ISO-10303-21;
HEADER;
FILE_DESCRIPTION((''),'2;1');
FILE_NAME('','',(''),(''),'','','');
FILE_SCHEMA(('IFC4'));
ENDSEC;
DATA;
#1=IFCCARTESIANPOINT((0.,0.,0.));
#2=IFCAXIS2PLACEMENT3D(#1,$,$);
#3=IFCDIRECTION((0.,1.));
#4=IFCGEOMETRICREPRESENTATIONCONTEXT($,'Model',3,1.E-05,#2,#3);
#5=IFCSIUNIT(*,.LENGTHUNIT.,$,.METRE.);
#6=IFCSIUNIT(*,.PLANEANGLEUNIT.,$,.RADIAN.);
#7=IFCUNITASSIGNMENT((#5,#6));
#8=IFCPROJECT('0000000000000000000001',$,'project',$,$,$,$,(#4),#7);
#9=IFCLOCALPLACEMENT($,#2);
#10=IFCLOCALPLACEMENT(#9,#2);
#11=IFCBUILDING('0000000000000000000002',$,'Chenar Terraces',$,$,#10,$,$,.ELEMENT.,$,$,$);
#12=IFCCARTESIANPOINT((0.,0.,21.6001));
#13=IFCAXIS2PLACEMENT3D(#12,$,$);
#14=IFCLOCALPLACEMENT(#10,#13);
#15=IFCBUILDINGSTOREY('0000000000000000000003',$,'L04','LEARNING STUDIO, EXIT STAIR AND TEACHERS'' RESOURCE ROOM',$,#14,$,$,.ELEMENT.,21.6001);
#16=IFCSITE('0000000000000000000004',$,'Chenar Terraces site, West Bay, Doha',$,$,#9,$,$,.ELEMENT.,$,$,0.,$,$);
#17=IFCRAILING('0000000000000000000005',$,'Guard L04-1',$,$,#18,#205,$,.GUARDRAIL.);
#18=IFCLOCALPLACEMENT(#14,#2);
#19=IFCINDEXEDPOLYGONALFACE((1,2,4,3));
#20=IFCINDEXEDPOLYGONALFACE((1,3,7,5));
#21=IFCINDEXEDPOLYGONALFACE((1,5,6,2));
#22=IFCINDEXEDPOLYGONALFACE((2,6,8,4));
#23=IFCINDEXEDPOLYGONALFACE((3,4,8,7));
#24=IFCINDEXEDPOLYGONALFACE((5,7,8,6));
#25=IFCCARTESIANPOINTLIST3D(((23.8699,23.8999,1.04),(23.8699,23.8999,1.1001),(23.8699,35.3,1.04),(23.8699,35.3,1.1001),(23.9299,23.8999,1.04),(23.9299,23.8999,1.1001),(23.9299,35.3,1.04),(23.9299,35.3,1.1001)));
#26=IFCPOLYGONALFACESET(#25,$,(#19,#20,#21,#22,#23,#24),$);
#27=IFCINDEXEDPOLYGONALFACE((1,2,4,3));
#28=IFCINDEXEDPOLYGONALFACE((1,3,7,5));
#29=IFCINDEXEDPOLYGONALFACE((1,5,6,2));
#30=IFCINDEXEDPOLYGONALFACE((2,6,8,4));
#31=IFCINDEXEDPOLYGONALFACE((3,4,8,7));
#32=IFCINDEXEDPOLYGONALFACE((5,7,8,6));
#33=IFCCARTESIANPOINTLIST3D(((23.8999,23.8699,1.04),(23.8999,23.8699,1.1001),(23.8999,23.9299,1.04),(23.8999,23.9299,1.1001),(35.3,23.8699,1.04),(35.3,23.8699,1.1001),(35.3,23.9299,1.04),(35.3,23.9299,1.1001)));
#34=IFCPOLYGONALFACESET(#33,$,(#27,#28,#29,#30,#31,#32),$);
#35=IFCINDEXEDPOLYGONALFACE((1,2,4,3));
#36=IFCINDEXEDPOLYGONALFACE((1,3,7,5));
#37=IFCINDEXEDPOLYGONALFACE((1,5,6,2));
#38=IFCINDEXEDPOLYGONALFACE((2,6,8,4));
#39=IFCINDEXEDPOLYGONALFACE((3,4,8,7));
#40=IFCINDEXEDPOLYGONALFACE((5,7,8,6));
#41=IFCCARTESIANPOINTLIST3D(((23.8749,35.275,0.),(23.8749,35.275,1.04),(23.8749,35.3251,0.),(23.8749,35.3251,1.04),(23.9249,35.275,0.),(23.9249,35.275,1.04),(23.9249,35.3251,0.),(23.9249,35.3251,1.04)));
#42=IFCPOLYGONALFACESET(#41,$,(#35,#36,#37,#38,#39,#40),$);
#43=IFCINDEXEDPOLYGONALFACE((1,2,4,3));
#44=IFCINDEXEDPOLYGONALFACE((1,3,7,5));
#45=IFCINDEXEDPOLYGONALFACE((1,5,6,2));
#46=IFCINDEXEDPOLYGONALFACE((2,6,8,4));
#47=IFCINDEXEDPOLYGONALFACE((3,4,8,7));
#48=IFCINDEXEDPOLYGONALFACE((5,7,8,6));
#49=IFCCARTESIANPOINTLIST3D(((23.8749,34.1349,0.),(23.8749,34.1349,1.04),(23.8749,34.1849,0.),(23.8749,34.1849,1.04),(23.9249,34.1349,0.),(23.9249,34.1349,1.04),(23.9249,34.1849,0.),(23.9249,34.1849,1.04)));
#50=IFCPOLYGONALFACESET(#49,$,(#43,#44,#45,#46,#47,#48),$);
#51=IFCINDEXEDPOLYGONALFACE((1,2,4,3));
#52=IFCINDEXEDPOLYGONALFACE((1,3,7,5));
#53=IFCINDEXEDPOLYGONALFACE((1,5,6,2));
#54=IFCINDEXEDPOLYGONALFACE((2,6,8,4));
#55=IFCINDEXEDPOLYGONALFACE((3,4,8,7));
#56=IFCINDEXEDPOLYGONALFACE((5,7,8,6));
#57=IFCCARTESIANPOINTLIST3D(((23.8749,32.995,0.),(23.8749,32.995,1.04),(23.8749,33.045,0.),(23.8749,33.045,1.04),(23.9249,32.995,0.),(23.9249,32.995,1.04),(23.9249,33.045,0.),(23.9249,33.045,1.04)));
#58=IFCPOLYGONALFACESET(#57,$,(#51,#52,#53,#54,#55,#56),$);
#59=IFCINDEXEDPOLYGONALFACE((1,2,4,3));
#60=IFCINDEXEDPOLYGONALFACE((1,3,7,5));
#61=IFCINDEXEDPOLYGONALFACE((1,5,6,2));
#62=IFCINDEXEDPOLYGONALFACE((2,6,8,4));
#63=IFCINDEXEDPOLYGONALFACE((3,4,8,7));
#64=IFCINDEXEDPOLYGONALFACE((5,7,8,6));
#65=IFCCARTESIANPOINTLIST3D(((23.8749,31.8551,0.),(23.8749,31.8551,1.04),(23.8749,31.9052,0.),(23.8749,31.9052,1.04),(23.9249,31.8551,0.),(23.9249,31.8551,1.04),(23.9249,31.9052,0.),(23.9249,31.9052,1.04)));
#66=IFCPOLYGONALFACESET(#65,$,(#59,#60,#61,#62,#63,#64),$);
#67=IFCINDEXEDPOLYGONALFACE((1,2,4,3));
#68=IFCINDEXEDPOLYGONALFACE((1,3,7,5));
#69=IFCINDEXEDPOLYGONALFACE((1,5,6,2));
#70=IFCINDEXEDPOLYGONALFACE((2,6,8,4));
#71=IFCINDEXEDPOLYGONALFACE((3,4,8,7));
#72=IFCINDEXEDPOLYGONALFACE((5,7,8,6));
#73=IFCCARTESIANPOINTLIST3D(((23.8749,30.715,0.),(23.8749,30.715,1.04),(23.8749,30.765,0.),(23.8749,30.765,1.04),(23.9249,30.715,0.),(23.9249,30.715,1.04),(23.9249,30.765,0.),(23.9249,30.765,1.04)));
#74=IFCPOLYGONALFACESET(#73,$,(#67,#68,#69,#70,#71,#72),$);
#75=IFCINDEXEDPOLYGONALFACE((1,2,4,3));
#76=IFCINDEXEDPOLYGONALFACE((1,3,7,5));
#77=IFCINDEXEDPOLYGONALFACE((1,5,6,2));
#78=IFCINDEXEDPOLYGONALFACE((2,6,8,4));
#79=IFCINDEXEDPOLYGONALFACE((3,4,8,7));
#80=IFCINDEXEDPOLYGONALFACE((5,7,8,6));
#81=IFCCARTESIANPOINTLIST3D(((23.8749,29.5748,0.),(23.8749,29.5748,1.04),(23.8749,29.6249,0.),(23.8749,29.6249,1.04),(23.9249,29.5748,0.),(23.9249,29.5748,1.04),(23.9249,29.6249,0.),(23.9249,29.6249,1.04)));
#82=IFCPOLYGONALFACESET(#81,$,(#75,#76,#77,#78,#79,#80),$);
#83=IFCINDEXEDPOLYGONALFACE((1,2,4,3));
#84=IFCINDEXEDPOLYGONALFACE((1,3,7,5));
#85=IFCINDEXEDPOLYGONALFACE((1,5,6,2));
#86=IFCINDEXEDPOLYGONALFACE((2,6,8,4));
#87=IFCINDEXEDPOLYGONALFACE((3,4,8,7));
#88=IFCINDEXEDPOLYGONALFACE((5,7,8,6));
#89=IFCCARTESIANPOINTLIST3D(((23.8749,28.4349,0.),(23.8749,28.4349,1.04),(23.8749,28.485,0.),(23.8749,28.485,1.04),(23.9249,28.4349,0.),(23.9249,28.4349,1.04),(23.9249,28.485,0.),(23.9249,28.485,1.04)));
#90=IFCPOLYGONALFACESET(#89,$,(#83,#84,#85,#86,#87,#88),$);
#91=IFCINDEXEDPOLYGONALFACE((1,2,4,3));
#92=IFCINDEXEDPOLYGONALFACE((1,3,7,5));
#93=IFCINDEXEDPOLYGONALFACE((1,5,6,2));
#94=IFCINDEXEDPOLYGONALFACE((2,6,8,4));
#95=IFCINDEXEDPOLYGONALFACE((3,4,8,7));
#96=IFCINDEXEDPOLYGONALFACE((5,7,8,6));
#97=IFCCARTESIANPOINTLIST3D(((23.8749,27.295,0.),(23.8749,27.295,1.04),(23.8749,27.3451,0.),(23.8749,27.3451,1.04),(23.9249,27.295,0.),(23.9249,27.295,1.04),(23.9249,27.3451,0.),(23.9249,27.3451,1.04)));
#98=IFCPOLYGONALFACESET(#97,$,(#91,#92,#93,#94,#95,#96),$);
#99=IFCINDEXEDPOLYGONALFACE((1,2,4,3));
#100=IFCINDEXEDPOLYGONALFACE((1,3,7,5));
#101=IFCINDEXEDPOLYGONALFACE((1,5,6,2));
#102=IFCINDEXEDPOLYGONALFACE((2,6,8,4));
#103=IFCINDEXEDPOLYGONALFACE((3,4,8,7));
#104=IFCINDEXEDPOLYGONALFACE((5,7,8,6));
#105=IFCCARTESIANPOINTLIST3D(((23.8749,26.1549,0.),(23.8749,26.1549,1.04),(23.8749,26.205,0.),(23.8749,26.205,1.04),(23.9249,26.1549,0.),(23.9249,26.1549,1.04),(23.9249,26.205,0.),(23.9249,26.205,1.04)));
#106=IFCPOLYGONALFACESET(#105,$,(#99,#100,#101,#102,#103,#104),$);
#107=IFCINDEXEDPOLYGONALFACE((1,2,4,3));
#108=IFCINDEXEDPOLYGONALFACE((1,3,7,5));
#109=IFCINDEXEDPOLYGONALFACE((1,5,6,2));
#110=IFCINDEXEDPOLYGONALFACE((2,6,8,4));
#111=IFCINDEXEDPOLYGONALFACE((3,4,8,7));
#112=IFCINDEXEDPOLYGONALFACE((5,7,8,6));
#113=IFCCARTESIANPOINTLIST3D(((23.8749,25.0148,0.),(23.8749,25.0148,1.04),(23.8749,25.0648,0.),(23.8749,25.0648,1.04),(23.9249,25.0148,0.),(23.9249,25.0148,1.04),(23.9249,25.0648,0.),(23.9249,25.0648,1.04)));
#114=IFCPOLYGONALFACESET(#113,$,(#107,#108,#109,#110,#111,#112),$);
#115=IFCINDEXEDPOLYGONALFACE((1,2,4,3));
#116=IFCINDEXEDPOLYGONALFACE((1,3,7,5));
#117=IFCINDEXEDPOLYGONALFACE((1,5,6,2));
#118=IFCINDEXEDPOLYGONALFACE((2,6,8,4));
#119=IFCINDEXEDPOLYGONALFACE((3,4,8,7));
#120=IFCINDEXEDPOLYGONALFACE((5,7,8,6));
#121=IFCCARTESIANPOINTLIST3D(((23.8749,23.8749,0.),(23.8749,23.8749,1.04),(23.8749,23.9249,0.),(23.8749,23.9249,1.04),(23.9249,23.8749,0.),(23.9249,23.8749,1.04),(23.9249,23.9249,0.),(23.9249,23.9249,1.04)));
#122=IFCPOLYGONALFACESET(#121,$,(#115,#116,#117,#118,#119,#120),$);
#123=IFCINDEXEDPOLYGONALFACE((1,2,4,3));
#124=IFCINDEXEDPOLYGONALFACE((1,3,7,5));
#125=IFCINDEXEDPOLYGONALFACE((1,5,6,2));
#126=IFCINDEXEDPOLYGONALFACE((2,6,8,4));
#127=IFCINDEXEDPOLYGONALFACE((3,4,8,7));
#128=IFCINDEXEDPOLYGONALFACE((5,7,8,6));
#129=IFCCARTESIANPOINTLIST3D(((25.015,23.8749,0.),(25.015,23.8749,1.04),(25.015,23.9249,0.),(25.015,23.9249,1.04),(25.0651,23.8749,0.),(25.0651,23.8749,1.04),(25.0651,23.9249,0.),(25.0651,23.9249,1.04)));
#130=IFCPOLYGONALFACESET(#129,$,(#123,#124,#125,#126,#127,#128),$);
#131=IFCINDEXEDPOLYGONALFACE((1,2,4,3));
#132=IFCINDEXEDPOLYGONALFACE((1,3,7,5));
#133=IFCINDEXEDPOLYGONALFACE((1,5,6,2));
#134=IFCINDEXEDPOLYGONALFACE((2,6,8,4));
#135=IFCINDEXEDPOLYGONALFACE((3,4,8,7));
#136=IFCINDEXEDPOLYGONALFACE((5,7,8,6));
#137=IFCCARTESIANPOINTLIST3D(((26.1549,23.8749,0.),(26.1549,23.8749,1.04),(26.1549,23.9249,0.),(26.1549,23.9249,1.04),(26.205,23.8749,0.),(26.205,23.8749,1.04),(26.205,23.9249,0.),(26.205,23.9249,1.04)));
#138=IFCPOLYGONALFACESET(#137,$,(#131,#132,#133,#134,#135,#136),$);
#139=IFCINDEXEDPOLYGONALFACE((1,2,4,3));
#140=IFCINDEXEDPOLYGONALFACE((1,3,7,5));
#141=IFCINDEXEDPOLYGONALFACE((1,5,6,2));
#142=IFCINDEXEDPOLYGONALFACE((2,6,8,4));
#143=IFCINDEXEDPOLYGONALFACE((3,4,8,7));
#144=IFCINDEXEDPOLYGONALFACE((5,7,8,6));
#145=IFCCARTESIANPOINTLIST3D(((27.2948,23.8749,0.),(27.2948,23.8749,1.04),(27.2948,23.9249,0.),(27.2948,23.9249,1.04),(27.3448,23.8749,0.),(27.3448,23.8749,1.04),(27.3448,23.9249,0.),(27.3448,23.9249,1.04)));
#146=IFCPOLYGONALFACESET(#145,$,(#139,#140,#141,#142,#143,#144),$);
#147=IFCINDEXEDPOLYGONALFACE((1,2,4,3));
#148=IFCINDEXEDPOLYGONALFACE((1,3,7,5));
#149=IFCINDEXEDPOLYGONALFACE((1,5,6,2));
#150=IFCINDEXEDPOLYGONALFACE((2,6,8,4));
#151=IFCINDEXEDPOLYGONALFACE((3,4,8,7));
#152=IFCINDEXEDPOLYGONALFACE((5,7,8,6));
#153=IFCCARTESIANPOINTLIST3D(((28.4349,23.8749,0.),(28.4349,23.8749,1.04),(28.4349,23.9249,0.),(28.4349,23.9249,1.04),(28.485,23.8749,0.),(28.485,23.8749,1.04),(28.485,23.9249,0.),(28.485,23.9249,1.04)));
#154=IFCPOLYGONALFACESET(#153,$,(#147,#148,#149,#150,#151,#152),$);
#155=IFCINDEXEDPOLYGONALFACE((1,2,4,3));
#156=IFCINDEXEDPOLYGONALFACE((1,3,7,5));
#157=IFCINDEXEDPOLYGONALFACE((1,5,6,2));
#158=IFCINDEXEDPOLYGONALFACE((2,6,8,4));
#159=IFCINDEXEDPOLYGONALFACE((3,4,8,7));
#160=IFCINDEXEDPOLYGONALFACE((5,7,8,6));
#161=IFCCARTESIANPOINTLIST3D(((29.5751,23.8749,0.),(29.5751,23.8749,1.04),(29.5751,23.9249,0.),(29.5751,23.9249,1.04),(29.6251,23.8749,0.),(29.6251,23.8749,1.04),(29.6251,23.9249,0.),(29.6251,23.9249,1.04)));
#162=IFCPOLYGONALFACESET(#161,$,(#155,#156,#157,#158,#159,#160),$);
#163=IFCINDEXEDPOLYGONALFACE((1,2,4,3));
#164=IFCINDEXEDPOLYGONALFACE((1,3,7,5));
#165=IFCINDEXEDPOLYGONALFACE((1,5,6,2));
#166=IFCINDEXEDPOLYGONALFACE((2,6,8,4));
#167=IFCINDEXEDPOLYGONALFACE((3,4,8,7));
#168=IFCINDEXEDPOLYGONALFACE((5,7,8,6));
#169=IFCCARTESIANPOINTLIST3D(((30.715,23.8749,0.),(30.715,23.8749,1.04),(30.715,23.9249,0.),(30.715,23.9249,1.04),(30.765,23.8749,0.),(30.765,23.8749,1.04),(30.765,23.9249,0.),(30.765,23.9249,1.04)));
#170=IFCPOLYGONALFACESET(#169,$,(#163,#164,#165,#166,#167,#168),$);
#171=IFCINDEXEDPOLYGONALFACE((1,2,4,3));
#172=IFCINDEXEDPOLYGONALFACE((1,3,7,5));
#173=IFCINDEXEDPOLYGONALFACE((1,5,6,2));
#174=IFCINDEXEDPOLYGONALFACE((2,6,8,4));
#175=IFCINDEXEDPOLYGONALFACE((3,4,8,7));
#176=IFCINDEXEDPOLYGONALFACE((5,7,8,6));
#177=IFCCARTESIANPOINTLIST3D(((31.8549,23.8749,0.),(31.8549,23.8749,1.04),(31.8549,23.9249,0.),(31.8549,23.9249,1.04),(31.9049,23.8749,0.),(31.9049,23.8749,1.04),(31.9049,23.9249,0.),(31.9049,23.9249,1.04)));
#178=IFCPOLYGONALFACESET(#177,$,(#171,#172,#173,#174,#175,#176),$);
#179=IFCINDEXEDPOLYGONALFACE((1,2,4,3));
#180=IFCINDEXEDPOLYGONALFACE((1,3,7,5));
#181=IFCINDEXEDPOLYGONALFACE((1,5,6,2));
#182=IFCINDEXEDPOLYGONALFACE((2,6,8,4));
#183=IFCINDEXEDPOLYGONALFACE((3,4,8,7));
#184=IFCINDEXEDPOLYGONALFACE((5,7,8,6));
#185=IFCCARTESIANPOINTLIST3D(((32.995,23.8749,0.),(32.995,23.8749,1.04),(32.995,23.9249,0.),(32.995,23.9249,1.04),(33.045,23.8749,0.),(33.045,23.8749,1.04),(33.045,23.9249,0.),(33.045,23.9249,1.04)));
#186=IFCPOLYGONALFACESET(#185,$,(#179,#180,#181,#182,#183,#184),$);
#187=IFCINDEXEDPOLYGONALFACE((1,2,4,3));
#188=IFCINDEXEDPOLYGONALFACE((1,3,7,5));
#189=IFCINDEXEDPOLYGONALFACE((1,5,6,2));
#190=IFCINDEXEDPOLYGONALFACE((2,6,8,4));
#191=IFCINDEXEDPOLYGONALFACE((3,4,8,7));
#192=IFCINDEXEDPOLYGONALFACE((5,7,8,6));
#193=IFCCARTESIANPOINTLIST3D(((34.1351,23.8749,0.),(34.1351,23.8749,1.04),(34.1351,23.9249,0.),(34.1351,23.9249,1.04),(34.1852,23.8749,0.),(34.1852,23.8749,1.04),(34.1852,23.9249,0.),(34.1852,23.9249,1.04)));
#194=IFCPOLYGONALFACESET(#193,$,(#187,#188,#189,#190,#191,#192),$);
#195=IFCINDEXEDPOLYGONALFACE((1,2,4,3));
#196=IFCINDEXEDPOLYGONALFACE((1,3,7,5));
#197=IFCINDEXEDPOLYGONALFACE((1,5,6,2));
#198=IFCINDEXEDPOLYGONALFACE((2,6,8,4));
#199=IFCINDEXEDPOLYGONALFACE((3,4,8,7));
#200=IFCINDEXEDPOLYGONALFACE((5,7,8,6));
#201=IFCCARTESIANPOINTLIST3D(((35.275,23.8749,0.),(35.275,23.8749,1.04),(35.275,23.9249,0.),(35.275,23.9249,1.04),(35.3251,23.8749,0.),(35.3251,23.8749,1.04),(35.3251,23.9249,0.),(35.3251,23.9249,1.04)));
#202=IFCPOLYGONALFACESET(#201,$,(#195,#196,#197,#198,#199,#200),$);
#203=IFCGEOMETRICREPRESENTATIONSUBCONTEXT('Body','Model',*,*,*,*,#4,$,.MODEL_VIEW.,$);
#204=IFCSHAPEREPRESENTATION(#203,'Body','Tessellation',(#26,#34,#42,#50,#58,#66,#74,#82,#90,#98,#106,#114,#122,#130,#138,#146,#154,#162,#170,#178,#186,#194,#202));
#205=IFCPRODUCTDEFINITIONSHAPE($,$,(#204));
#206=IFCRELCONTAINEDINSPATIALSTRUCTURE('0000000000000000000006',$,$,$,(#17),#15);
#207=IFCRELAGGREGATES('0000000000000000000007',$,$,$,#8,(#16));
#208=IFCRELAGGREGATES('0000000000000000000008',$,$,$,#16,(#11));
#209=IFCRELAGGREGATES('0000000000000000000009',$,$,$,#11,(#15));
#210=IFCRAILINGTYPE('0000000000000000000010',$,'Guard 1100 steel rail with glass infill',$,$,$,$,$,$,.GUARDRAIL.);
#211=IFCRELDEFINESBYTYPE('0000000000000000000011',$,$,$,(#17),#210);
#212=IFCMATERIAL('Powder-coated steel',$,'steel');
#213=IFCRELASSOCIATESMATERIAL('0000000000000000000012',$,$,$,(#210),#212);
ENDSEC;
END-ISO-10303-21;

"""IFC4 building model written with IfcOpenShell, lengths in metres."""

from ifc_helpers import new_model, si_unit, direction, frame, origin, origin_2d, place, context, subcontext, project, spatial, rectangle, extrude, material, type_object, element, save


model = new_model("IFC4")

# Units and contexts
model_context = context("Model", 3, precision=1e-05, world=origin(), true_north=direction((0.0, 1.0)))
body_context = subcontext(model_context, "Body", "Model", "MODEL_VIEW")
ifc_project = project(units=[si_unit("LENGTHUNIT", "METRE"), si_unit("PLANEANGLEUNIT", "RADIAN")], contexts=[model_context])

# Site, building, storey
site_placement = place(None, origin())
site = spatial("IfcSite", under=ifc_project, at=site_placement, Name="Chenar Terraces site, West Bay, Doha", CompositionType="ELEMENT", RefElevation=0.0)
building_placement = place(site_placement, origin())
building = spatial("IfcBuilding", under=site, at=building_placement, Name="Chenar Terraces", CompositionType="ELEMENT")
storey_placement = place(building_placement, frame((0.0, 0.0, 21.6001)))
storey = spatial("IfcBuildingStorey", under=building, at=storey_placement, Name="L04", Description="LEARNING STUDIO, EXIT STAIR AND TEACHERS' RESOURCE ROOM", CompositionType="ELEMENT", Elevation=21.6001)

# Railing
ifc_material_1 = material(Name="Powder-coated steel", Category="steel")
railing_type_1 = type_object("IfcRailingType", Name="Guard 1100 steel rail with glass infill", PredefinedType="GUARDRAIL", material=ifc_material_1)
railing_1_placement = place(storey_placement, frame((23.8999, 35.3, 0.0)))
element("IfcRailing", 1, at=railing_1_placement, inside=storey, type_object=railing_type_1, Name="Guard L04-1", PredefinedType="GUARDRAIL", context=body_context, shape_type="SweptSolid", body=[
    extrude(rectangle(XDim=0.0601, YDim=0.0601, at=origin_2d()), frame((0.0, 0.0, 1.0701), z_axis=(0.0, -1.0, 0.0), x_axis=(1.0, 0.0, 0.0)), (0.0, 0.0, 1.0), 11.4001),
    extrude(rectangle(XDim=0.0601, YDim=0.0601, at=origin_2d()), frame((0.0, -11.4001, 1.0701), z_axis=(1.0, 0.0, 0.0), x_axis=(0.0, 1.0, 0.0)), (0.0, 0.0, 1.0), 11.4001),
    extrude(rectangle(XDim=0.05, YDim=0.05, at=origin_2d()), origin(), (0.0, 0.0, 1.0), 1.04),
    extrude(rectangle(XDim=0.05, YDim=0.05, at=origin_2d()), frame((0.0, -1.1401, 0.0)), (0.0, 0.0, 1.0), 1.04),
    extrude(rectangle(XDim=0.05, YDim=0.05, at=origin_2d()), frame((0.0, -2.28, 0.0)), (0.0, 0.0, 1.0), 1.04),
    extrude(rectangle(XDim=0.05, YDim=0.05, at=origin_2d()), frame((0.0, -3.4199, 0.0)), (0.0, 0.0, 1.0), 1.04),
    extrude(rectangle(XDim=0.05, YDim=0.05, at=origin_2d()), frame((0.0, -4.5601, 0.0)), (0.0, 0.0, 1.0), 1.04),
    extrude(rectangle(XDim=0.05, YDim=0.05, at=origin_2d()), frame((0.0, -5.7002, 0.0)), (0.0, 0.0, 1.0), 1.04),
    extrude(rectangle(XDim=0.05, YDim=0.05, at=origin_2d()), frame((0.0, -6.8401, 0.0)), (0.0, 0.0, 1.0), 1.04),
    extrude(rectangle(XDim=0.05, YDim=0.05, at=origin_2d()), frame((0.0, -7.98, 0.0)), (0.0, 0.0, 1.0), 1.04),
    extrude(rectangle(XDim=0.05, YDim=0.05, at=origin_2d()), frame((0.0, -9.1201, 0.0)), (0.0, 0.0, 1.0), 1.04),
    extrude(rectangle(XDim=0.05, YDim=0.05, at=origin_2d()), frame((0.0, -10.2603, 0.0)), (0.0, 0.0, 1.0), 1.04),
    extrude(rectangle(XDim=0.05, YDim=0.05, at=origin_2d()), frame((0.0, -11.4001, 0.0)), (0.0, 0.0, 1.0), 1.04),
    extrude(rectangle(XDim=0.05, YDim=0.05, at=origin_2d()), frame((1.1401, -11.4001, 0.0)), (0.0, 0.0, 1.0), 1.04),
    extrude(rectangle(XDim=0.05, YDim=0.05, at=origin_2d()), frame((2.28, -11.4001, 0.0)), (0.0, 0.0, 1.0), 1.04),
    extrude(rectangle(XDim=0.05, YDim=0.05, at=origin_2d()), frame((3.4199, -11.4001, 0.0)), (0.0, 0.0, 1.0), 1.04),
    extrude(rectangle(XDim=0.05, YDim=0.05, at=origin_2d()), frame((4.5601, -11.4001, 0.0)), (0.0, 0.0, 1.0), 1.04),
    extrude(rectangle(XDim=0.05, YDim=0.05, at=origin_2d()), frame((5.7002, -11.4001, 0.0)), (0.0, 0.0, 1.0), 1.04),
    extrude(rectangle(XDim=0.05, YDim=0.05, at=origin_2d()), frame((6.8401, -11.4001, 0.0)), (0.0, 0.0, 1.0), 1.04),
    extrude(rectangle(XDim=0.05, YDim=0.05, at=origin_2d()), frame((7.98, -11.4001, 0.0)), (0.0, 0.0, 1.0), 1.04),
    extrude(rectangle(XDim=0.05, YDim=0.05, at=origin_2d()), frame((9.1201, -11.4001, 0.0)), (0.0, 0.0, 1.0), 1.04),
    extrude(rectangle(XDim=0.05, YDim=0.05, at=origin_2d()), frame((10.2603, -11.4001, 0.0)), (0.0, 0.0, 1.0), 1.04),
    extrude(rectangle(XDim=0.05, YDim=0.05, at=origin_2d()), frame((11.4001, -11.4001, 0.0)), (0.0, 0.0, 1.0), 1.04),
])

save(model, "model.ifc")
